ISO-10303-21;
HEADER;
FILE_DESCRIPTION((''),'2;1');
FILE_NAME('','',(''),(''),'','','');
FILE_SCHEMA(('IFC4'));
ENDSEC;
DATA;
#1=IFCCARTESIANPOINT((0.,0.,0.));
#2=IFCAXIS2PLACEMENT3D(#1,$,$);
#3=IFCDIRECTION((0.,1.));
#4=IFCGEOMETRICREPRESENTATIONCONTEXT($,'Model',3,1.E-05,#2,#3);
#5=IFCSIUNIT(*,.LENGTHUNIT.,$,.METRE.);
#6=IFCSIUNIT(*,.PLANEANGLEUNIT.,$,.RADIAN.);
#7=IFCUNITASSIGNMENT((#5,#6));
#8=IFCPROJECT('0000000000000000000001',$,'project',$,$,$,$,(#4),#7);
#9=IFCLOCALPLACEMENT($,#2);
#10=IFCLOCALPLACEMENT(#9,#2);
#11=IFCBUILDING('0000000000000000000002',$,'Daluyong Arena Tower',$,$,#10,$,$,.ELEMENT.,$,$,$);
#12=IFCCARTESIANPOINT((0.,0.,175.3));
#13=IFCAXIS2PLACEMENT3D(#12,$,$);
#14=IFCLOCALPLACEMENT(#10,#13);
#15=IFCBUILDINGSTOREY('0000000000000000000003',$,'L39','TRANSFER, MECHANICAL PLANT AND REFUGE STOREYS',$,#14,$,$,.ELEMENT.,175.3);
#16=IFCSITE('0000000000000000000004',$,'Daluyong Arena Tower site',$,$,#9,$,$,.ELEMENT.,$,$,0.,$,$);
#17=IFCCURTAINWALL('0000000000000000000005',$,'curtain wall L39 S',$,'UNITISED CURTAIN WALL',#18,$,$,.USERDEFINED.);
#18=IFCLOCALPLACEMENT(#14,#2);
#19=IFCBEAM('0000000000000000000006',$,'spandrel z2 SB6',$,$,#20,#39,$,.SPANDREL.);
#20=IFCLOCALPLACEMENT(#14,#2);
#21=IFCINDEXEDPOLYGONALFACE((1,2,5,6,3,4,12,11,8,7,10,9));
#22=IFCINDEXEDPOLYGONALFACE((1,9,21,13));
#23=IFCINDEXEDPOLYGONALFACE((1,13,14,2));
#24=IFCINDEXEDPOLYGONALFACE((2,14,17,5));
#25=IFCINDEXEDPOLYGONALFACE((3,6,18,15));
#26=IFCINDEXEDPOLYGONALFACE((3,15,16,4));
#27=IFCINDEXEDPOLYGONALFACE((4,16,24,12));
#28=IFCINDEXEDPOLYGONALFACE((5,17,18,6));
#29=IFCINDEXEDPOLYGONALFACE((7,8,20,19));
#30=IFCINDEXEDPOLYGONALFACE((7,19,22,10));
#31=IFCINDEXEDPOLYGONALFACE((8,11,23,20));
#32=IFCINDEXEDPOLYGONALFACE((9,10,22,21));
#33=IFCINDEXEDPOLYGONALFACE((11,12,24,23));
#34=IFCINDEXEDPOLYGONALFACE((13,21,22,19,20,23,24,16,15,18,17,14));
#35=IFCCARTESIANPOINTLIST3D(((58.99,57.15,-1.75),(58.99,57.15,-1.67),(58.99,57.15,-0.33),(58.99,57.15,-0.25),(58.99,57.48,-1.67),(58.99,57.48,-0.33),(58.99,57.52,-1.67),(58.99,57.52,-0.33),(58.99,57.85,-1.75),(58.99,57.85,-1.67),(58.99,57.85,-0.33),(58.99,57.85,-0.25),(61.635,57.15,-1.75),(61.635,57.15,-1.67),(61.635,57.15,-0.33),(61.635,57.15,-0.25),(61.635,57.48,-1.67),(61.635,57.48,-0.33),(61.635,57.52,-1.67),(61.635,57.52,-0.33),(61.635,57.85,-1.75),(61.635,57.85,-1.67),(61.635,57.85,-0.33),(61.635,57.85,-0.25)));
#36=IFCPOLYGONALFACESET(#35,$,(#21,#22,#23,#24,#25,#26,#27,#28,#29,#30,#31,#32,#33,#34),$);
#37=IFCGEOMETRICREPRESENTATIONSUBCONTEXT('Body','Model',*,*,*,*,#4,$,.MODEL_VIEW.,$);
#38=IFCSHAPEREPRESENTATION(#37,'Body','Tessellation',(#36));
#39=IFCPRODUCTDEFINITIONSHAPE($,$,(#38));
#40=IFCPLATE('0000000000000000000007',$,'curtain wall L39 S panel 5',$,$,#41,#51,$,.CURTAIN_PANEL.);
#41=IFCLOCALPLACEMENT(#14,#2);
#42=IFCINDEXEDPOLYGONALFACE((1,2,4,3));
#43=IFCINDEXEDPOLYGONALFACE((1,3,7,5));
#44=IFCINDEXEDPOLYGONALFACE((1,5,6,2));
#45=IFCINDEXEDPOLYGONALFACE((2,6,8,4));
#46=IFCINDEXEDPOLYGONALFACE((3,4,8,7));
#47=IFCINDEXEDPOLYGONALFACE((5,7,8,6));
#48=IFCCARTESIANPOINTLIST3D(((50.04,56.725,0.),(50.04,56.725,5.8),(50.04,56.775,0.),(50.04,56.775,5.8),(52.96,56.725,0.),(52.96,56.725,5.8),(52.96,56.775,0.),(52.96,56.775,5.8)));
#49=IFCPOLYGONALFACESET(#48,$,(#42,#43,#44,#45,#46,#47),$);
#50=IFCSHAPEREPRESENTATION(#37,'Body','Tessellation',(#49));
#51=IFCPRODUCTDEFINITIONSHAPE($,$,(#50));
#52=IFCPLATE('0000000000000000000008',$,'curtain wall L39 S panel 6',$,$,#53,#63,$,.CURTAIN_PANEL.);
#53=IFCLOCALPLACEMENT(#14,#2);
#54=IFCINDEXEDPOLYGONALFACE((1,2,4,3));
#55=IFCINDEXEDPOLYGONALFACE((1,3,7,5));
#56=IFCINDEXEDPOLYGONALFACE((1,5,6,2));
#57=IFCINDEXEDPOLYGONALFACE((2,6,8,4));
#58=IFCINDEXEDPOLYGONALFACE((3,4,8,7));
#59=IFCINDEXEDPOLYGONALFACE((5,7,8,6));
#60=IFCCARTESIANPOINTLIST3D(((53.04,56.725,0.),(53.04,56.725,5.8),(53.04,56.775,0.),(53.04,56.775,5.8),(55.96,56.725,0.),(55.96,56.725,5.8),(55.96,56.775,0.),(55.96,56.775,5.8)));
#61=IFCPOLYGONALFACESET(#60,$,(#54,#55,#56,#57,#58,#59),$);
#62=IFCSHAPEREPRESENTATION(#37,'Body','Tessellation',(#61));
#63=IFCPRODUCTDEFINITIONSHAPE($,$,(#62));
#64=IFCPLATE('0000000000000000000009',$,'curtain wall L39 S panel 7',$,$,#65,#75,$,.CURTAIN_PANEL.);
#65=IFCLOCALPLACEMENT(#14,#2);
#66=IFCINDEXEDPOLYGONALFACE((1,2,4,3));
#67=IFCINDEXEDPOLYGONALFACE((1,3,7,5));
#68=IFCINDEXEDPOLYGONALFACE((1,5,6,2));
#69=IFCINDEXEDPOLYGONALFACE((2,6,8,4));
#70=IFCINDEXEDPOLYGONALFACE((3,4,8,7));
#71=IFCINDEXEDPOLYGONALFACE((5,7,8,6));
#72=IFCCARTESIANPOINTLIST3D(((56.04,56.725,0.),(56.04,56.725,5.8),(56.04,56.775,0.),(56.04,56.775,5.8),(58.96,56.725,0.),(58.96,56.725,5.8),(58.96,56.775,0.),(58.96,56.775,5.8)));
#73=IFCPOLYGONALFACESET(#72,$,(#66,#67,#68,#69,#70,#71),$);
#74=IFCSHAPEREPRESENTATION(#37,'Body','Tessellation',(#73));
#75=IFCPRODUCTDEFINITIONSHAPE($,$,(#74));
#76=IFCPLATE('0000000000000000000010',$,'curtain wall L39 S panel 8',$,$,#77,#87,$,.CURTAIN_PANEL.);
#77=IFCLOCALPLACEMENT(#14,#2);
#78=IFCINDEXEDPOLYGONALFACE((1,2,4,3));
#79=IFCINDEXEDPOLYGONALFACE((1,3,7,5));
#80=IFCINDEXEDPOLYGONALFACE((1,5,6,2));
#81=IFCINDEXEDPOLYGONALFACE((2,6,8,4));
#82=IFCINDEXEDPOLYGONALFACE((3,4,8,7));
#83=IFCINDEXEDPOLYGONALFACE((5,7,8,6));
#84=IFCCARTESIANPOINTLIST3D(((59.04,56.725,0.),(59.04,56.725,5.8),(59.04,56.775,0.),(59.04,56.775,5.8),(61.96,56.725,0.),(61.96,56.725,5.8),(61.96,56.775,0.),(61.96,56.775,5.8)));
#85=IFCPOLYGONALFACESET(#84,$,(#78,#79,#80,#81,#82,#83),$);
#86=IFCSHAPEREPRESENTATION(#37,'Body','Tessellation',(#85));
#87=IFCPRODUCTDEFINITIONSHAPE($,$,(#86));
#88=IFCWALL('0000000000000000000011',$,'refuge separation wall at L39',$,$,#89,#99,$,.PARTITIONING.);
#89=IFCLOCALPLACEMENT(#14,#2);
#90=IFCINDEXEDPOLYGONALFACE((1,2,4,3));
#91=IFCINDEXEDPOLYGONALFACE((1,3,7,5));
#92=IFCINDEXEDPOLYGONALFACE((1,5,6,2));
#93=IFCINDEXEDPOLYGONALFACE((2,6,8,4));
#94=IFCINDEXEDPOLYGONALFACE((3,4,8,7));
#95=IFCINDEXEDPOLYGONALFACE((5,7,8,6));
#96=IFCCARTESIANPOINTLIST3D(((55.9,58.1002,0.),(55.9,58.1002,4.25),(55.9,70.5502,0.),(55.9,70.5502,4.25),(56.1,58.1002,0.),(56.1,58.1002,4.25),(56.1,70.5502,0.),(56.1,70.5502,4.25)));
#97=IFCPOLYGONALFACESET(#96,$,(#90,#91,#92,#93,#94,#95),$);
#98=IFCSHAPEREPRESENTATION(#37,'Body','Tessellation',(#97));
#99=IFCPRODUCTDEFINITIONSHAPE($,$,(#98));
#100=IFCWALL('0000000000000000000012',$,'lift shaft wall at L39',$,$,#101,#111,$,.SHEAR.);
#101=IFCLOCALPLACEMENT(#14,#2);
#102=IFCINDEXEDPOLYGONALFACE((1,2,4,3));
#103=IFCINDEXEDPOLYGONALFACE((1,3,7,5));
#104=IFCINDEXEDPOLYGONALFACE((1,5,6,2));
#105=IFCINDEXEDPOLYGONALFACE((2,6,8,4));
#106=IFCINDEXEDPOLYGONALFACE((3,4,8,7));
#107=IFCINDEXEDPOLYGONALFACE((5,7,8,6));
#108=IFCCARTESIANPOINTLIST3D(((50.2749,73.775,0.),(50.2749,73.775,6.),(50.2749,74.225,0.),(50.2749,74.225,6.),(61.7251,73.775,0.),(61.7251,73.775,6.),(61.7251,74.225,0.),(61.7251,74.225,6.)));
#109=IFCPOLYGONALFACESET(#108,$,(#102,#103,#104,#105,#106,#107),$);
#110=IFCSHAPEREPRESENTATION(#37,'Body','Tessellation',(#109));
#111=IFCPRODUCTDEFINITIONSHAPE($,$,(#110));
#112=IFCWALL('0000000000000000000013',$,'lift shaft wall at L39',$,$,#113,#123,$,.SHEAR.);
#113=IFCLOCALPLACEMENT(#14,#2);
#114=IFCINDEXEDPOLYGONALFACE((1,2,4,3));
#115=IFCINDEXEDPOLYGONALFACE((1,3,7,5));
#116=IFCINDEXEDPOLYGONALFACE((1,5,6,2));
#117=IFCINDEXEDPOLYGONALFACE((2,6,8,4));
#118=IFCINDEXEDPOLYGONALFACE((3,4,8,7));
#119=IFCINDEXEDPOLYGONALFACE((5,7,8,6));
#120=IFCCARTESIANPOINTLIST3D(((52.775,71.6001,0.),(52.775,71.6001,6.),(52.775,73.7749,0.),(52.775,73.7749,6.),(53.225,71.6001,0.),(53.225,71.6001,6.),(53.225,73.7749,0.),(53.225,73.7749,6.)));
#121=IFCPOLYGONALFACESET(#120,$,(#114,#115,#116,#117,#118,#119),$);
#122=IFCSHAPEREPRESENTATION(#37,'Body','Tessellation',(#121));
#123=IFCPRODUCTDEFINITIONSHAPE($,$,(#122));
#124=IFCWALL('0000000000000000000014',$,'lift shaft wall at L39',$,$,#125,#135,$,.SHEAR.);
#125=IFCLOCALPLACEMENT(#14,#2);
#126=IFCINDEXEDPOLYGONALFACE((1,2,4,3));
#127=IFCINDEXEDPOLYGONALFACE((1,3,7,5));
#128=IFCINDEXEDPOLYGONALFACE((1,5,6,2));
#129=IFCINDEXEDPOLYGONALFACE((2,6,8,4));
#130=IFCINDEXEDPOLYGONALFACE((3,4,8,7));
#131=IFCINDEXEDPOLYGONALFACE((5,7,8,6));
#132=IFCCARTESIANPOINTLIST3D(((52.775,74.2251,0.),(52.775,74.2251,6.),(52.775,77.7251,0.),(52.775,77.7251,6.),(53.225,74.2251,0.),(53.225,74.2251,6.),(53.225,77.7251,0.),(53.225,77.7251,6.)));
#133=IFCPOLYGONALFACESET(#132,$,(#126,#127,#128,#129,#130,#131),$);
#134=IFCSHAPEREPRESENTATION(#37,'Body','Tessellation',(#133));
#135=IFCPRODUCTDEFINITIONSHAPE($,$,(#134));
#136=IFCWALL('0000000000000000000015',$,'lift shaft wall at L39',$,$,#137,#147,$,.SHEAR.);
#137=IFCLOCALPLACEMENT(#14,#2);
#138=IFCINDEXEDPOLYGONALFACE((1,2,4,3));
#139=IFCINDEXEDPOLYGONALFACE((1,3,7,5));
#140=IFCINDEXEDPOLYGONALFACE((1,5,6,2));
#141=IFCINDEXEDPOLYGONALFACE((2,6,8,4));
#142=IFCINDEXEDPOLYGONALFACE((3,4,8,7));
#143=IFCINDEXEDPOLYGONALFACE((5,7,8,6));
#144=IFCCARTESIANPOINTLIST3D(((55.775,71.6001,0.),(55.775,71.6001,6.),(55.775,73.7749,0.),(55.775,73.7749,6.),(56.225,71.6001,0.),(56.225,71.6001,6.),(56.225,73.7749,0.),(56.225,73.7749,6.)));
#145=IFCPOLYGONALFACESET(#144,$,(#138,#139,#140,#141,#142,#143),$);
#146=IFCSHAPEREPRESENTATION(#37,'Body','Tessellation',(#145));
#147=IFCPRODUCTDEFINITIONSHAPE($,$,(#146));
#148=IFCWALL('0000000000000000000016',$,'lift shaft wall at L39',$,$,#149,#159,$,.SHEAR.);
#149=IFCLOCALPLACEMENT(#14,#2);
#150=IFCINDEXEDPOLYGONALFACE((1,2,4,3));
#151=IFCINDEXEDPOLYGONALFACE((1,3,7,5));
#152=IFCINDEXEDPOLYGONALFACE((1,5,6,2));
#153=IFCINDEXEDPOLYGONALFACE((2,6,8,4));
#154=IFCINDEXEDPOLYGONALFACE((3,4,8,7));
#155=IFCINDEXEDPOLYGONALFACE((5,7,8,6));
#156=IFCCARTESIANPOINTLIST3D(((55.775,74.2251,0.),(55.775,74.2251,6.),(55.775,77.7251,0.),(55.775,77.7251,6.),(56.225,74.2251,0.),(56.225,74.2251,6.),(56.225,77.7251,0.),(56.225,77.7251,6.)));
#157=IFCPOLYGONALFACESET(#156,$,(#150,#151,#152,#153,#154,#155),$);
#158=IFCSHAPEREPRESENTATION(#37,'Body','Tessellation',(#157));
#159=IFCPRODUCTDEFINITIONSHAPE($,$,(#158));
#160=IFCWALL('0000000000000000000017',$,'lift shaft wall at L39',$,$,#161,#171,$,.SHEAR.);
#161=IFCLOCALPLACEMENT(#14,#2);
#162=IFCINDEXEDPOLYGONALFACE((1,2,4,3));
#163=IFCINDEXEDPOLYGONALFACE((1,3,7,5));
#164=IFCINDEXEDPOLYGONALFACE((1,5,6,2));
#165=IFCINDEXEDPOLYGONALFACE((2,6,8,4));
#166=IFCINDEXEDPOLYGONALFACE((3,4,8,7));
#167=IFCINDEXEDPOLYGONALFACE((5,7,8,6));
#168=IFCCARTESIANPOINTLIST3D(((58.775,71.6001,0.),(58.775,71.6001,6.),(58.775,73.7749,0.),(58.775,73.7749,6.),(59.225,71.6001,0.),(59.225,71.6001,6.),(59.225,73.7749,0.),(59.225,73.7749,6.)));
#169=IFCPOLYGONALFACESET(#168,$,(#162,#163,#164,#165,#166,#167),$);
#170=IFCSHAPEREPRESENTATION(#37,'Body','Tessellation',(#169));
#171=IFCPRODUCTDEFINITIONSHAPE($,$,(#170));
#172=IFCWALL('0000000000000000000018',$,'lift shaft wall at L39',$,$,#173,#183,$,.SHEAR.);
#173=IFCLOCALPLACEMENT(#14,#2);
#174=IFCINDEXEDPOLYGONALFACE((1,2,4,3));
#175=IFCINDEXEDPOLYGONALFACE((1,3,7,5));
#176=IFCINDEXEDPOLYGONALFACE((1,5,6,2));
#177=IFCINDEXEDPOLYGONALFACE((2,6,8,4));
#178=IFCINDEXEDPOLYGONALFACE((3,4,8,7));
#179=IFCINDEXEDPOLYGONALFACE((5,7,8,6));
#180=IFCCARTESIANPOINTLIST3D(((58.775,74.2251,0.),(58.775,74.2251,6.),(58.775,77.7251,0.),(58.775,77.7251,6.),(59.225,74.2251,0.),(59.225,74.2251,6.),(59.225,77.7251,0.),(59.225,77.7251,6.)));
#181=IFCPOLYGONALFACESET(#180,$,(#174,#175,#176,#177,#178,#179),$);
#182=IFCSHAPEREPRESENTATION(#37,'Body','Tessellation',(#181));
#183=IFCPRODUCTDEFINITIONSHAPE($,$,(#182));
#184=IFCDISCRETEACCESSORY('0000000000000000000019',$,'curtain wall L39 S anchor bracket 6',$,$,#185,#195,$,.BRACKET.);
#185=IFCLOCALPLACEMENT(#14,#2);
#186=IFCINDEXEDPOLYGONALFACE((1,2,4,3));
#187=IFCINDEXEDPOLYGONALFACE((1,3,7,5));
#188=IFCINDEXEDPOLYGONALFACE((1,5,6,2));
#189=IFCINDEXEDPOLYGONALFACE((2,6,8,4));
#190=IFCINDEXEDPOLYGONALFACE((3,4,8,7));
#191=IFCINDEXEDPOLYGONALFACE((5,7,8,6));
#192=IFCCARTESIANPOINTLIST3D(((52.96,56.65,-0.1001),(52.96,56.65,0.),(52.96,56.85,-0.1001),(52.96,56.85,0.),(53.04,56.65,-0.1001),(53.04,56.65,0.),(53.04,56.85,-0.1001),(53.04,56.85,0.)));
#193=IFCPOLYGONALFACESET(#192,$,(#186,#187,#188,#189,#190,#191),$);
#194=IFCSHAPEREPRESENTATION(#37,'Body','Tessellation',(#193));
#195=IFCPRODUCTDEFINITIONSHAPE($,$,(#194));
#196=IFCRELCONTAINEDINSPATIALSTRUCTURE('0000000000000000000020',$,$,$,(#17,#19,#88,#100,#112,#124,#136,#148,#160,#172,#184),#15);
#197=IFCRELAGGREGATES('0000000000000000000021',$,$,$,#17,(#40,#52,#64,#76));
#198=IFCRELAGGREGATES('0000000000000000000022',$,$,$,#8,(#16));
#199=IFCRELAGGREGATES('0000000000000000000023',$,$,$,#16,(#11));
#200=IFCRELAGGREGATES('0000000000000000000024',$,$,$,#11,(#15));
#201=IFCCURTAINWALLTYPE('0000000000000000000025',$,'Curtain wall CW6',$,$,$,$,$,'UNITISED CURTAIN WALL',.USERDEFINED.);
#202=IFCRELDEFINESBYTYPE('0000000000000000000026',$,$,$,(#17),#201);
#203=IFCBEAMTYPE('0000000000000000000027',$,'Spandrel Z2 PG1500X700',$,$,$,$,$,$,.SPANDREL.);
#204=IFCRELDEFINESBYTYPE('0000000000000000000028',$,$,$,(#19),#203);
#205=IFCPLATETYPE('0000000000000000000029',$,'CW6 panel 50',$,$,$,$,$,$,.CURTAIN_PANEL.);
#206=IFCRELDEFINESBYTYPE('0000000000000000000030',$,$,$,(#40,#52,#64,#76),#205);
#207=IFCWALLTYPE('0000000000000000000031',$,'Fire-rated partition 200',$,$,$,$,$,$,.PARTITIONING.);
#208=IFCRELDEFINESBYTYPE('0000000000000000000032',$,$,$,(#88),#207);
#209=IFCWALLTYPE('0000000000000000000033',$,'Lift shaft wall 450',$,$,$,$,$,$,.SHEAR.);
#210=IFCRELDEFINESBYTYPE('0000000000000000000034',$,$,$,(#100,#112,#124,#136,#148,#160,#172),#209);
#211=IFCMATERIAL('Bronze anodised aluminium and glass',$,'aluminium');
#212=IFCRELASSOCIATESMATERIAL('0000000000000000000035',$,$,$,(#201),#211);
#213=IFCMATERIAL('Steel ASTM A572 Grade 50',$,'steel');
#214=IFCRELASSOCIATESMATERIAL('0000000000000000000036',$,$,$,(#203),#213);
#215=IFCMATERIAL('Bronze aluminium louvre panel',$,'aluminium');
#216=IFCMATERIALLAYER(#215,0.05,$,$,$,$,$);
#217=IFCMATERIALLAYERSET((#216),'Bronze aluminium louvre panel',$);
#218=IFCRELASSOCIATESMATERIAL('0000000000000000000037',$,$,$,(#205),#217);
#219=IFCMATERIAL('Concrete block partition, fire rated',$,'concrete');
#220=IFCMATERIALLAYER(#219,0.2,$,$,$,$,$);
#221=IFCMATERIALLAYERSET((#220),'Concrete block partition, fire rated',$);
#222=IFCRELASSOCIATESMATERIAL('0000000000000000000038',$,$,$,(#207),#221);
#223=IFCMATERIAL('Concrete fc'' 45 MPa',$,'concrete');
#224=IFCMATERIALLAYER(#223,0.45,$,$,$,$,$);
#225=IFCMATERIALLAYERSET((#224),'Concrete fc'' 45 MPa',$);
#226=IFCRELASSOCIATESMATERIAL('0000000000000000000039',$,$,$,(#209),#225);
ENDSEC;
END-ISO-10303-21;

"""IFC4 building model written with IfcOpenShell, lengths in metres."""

from ifc_helpers import new_model, si_unit, direction, frame, frame_2d, origin, origin_2d, place, context, subcontext, project, spatial, rectangle, i_section, extrude, material, layer, layer_set, material_profile, profile_set, type_object, element, aggregate, save


model = new_model("IFC4")

# Units and contexts
model_context = context("Model", 3, precision=1e-05, world=origin(), true_north=direction((0.0, 1.0)))
body_context = subcontext(model_context, "Body", "Model", "MODEL_VIEW")
ifc_project = project(units=[si_unit("LENGTHUNIT", "METRE"), si_unit("PLANEANGLEUNIT", "RADIAN")], contexts=[model_context])

# Site, building, storey
site_placement = place(None, origin())
site = spatial("IfcSite", under=ifc_project, at=site_placement, Name="Daluyong Arena Tower site", CompositionType="ELEMENT", RefElevation=0.0)
building_placement = place(site_placement, origin())
building = spatial("IfcBuilding", under=site, at=building_placement, Name="Daluyong Arena Tower", CompositionType="ELEMENT")
storey_placement = place(building_placement, frame((0.0, 0.0, 175.3)))
storey = spatial("IfcBuildingStorey", under=building, at=storey_placement, Name="L39", Description="TRANSFER, MECHANICAL PLANT AND REFUGE STOREYS", CompositionType="ELEMENT", Elevation=175.3)

# Curtain wall
ifc_material_1 = material(Name="Bronze anodised aluminium and glass", Category="aluminium")
curtain_wall_type = type_object("IfcCurtainWallType", Name="Curtain wall CW6", ElementType="UNITISED CURTAIN WALL", PredefinedType="USERDEFINED", material=ifc_material_1)
curtain_wall_placement = place(storey_placement, origin())
curtain_wall = element("IfcCurtainWall", 1, at=curtain_wall_placement, inside=storey, type_object=curtain_wall_type, Name="curtain wall L39 S", ObjectType="UNITISED CURTAIN WALL", PredefinedType="USERDEFINED")

# Beam
ifc_material_2 = material(Name="Steel ASTM A572 Grade 50", Category="steel")
ifc_material_profile_1 = material_profile(ifc_material_2, i_section(OverallWidth=0.7, OverallDepth=1.5, WebThickness=0.04, FlangeThickness=0.08, at=origin_2d()))
ifc_profile_set_1 = profile_set([ifc_material_profile_1], Name="Steel ASTM A572 Grade 50")
beam_type_1 = type_object("IfcBeamType", Name="Spandrel Z2 PG1500X700", PredefinedType="SPANDREL", material=ifc_profile_set_1)
for number, where, z_axis, x_axis, name in (
    (2, (58.99, 57.5, -1.0), (1.0, 0.0, 0.0), (0.0, 1.0, 0.0), "spandrel z2 SB6"),
):
    element("IfcBeam", number, at=place(storey_placement, frame(where, z_axis=z_axis, x_axis=x_axis)), inside=storey, type_object=beam_type_1, Name=name, PredefinedType="SPANDREL", context=body_context, shape_type="SweptSolid", body=[
        extrude(i_section(OverallWidth=0.7, OverallDepth=1.5, WebThickness=0.04, FlangeThickness=0.08, at=origin_2d()), origin(), (0.0, 0.0, 1.0), 2.645),
    ])

# Plates
ifc_material_3 = material(Name="Bronze aluminium louvre panel", Category="aluminium")
ifc_layer_1 = layer(ifc_material_3, 0.05)
ifc_layer_set_1 = layer_set([ifc_layer_1], Name="Bronze aluminium louvre panel")
plate_type = type_object("IfcPlateType", Name="CW6 panel 50", PredefinedType="CURTAIN_PANEL", material=ifc_layer_set_1)
plate_1_placement = place(storey_placement, frame((51.5, 56.75, 0.0), z_axis=(0.0, 0.0, 1.0), x_axis=(1.0, 0.0, 0.0)))
plate_1 = element("IfcPlate", 3, at=plate_1_placement, type_object=plate_type, Name="curtain wall L39 S panel 5", PredefinedType="CURTAIN_PANEL", context=body_context, shape_type="SweptSolid", body=[
    extrude(rectangle(XDim=2.9199, YDim=0.05, at=origin_2d()), origin(), (0.0, 0.0, 1.0), 5.8),
])
plate_2_placement = place(storey_placement, frame((54.5, 56.75, 0.0), z_axis=(0.0, 0.0, 1.0), x_axis=(1.0, 0.0, 0.0)))
plate_2 = element("IfcPlate", 4, at=plate_2_placement, type_object=plate_type, Name="curtain wall L39 S panel 6", PredefinedType="CURTAIN_PANEL", context=body_context, shape_type="SweptSolid", body=[
    extrude(rectangle(XDim=2.9199, YDim=0.05, at=origin_2d()), origin(), (0.0, 0.0, 1.0), 5.8),
])
plate_3_placement = place(storey_placement, frame((57.5, 56.75, 0.0), z_axis=(0.0, 0.0, 1.0), x_axis=(1.0, 0.0, 0.0)))
plate_3 = element("IfcPlate", 5, at=plate_3_placement, type_object=plate_type, Name="curtain wall L39 S panel 7", PredefinedType="CURTAIN_PANEL", context=body_context, shape_type="SweptSolid", body=[
    extrude(rectangle(XDim=2.9199, YDim=0.05, at=origin_2d()), origin(), (0.0, 0.0, 1.0), 5.8),
])
plate_4_placement = place(storey_placement, frame((60.5, 56.75, 0.0), z_axis=(0.0, 0.0, 1.0), x_axis=(1.0, 0.0, 0.0)))
plate_4 = element("IfcPlate", 6, at=plate_4_placement, type_object=plate_type, Name="curtain wall L39 S panel 8", PredefinedType="CURTAIN_PANEL", context=body_context, shape_type="SweptSolid", body=[
    extrude(rectangle(XDim=2.9199, YDim=0.05, at=origin_2d()), origin(), (0.0, 0.0, 1.0), 5.8),
])
aggregate(curtain_wall, [plate_1, plate_2, plate_3, plate_4])

# Walls
ifc_material_4 = material(Name="Concrete block partition, fire rated", Category="concrete")
ifc_layer_2 = layer(ifc_material_4, 0.2)
ifc_layer_set_2 = layer_set([ifc_layer_2], Name="Concrete block partition, fire rated")
wall_type_1 = type_object("IfcWallType", Name="Fire-rated partition 200", PredefinedType="PARTITIONING", material=ifc_layer_set_2)
wall_1_placement = place(storey_placement, frame((56.0, 58.1001, 0.0), z_axis=(0.0, 0.0, 1.0), x_axis=(0.0, 1.0, 0.0)))
element("IfcWall", 7, at=wall_1_placement, inside=storey, type_object=wall_type_1, Name="refuge separation wall at L39", PredefinedType="PARTITIONING", context=body_context, shape_type="SweptSolid", body=[
    extrude(rectangle(XDim=12.45, YDim=0.2, at=frame_2d((6.2251, 0.0))), origin(), (0.0, 0.0, 1.0), 4.25),
])
ifc_material_5 = material(Name="Concrete fc' 45 MPa", Category="concrete")
ifc_layer_3 = layer(ifc_material_5, 0.45)
ifc_layer_set_3 = layer_set([ifc_layer_3], Name="Concrete fc' 45 MPa")
wall_type_2 = type_object("IfcWallType", Name="Lift shaft wall 450", PredefinedType="SHEAR", material=ifc_layer_set_3)
wall_2_placement = place(storey_placement, frame((50.2749, 74.0, 0.0), z_axis=(0.0, 0.0, 1.0), x_axis=(1.0, 0.0, 0.0)))
element("IfcWall", 8, at=wall_2_placement, inside=storey, type_object=wall_type_2, Name="lift shaft wall at L39", PredefinedType="SHEAR", context=body_context, shape_type="SweptSolid", body=[
    extrude(rectangle(XDim=11.4502, YDim=0.45, at=frame_2d((5.7251, 0.0))), origin(), (0.0, 0.0, 1.0), 6.0),
])
wall_3_placement = place(storey_placement, frame((53.0, 71.6001, 0.0), z_axis=(0.0, 0.0, 1.0), x_axis=(0.0, 1.0, 0.0)))
element("IfcWall", 9, at=wall_3_placement, inside=storey, type_object=wall_type_2, Name="lift shaft wall at L39", PredefinedType="SHEAR", context=body_context, shape_type="SweptSolid", body=[
    extrude(rectangle(XDim=2.1748, YDim=0.45, at=frame_2d((1.0874, 0.0))), origin(), (0.0, 0.0, 1.0), 6.0),
])
wall_4_placement = place(storey_placement, frame((53.0, 74.2251, 0.0), z_axis=(0.0, 0.0, 1.0), x_axis=(0.0, 1.0, 0.0)))
element("IfcWall", 10, at=wall_4_placement, inside=storey, type_object=wall_type_2, Name="lift shaft wall at L39", PredefinedType="SHEAR", context=body_context, shape_type="SweptSolid", body=[
    extrude(rectangle(XDim=3.5, YDim=0.45, at=frame_2d((1.75, 0.0))), origin(), (0.0, 0.0, 1.0), 6.0),
])
wall_5_placement = place(storey_placement, frame((56.0, 71.6001, 0.0), z_axis=(0.0, 0.0, 1.0), x_axis=(0.0, 1.0, 0.0)))
element("IfcWall", 11, at=wall_5_placement, inside=storey, type_object=wall_type_2, Name="lift shaft wall at L39", PredefinedType="SHEAR", context=body_context, shape_type="SweptSolid", body=[
    extrude(rectangle(XDim=2.1748, YDim=0.45, at=frame_2d((1.0874, 0.0))), origin(), (0.0, 0.0, 1.0), 6.0),
])
wall_6_placement = place(storey_placement, frame((56.0, 74.2251, 0.0), z_axis=(0.0, 0.0, 1.0), x_axis=(0.0, 1.0, 0.0)))
element("IfcWall", 12, at=wall_6_placement, inside=storey, type_object=wall_type_2, Name="lift shaft wall at L39", PredefinedType="SHEAR", context=body_context, shape_type="SweptSolid", body=[
    extrude(rectangle(XDim=3.5, YDim=0.45, at=frame_2d((1.75, 0.0))), origin(), (0.0, 0.0, 1.0), 6.0),
])
wall_7_placement = place(storey_placement, frame((59.0, 71.6001, 0.0), z_axis=(0.0, 0.0, 1.0), x_axis=(0.0, 1.0, 0.0)))
element("IfcWall", 13, at=wall_7_placement, inside=storey, type_object=wall_type_2, Name="lift shaft wall at L39", PredefinedType="SHEAR", context=body_context, shape_type="SweptSolid", body=[
    extrude(rectangle(XDim=2.1748, YDim=0.45, at=frame_2d((1.0874, 0.0))), origin(), (0.0, 0.0, 1.0), 6.0),
])
wall_8_placement = place(storey_placement, frame((59.0, 74.2251, 0.0), z_axis=(0.0, 0.0, 1.0), x_axis=(0.0, 1.0, 0.0)))
element("IfcWall", 14, at=wall_8_placement, inside=storey, type_object=wall_type_2, Name="lift shaft wall at L39", PredefinedType="SHEAR", context=body_context, shape_type="SweptSolid", body=[
    extrude(rectangle(XDim=3.5, YDim=0.45, at=frame_2d((1.75, 0.0))), origin(), (0.0, 0.0, 1.0), 6.0),
])

# Discrete accessory
for number, where, z_axis, x_axis, name in (
    (15, (53.0, 56.75, -0.1001), (0.0, 0.0, 1.0), (1.0, 0.0, 0.0), "curtain wall L39 S anchor bracket 6"),
):
    element("IfcDiscreteAccessory", number, at=place(storey_placement, frame(where, z_axis=z_axis, x_axis=x_axis)), inside=storey, Name=name, PredefinedType="BRACKET", context=body_context, shape_type="SweptSolid", body=[
        extrude(rectangle(XDim=0.0801, YDim=0.2, at=origin_2d()), origin(), (0.0, 0.0, 1.0), 0.1001),
    ])

save(model, "model.ifc")
